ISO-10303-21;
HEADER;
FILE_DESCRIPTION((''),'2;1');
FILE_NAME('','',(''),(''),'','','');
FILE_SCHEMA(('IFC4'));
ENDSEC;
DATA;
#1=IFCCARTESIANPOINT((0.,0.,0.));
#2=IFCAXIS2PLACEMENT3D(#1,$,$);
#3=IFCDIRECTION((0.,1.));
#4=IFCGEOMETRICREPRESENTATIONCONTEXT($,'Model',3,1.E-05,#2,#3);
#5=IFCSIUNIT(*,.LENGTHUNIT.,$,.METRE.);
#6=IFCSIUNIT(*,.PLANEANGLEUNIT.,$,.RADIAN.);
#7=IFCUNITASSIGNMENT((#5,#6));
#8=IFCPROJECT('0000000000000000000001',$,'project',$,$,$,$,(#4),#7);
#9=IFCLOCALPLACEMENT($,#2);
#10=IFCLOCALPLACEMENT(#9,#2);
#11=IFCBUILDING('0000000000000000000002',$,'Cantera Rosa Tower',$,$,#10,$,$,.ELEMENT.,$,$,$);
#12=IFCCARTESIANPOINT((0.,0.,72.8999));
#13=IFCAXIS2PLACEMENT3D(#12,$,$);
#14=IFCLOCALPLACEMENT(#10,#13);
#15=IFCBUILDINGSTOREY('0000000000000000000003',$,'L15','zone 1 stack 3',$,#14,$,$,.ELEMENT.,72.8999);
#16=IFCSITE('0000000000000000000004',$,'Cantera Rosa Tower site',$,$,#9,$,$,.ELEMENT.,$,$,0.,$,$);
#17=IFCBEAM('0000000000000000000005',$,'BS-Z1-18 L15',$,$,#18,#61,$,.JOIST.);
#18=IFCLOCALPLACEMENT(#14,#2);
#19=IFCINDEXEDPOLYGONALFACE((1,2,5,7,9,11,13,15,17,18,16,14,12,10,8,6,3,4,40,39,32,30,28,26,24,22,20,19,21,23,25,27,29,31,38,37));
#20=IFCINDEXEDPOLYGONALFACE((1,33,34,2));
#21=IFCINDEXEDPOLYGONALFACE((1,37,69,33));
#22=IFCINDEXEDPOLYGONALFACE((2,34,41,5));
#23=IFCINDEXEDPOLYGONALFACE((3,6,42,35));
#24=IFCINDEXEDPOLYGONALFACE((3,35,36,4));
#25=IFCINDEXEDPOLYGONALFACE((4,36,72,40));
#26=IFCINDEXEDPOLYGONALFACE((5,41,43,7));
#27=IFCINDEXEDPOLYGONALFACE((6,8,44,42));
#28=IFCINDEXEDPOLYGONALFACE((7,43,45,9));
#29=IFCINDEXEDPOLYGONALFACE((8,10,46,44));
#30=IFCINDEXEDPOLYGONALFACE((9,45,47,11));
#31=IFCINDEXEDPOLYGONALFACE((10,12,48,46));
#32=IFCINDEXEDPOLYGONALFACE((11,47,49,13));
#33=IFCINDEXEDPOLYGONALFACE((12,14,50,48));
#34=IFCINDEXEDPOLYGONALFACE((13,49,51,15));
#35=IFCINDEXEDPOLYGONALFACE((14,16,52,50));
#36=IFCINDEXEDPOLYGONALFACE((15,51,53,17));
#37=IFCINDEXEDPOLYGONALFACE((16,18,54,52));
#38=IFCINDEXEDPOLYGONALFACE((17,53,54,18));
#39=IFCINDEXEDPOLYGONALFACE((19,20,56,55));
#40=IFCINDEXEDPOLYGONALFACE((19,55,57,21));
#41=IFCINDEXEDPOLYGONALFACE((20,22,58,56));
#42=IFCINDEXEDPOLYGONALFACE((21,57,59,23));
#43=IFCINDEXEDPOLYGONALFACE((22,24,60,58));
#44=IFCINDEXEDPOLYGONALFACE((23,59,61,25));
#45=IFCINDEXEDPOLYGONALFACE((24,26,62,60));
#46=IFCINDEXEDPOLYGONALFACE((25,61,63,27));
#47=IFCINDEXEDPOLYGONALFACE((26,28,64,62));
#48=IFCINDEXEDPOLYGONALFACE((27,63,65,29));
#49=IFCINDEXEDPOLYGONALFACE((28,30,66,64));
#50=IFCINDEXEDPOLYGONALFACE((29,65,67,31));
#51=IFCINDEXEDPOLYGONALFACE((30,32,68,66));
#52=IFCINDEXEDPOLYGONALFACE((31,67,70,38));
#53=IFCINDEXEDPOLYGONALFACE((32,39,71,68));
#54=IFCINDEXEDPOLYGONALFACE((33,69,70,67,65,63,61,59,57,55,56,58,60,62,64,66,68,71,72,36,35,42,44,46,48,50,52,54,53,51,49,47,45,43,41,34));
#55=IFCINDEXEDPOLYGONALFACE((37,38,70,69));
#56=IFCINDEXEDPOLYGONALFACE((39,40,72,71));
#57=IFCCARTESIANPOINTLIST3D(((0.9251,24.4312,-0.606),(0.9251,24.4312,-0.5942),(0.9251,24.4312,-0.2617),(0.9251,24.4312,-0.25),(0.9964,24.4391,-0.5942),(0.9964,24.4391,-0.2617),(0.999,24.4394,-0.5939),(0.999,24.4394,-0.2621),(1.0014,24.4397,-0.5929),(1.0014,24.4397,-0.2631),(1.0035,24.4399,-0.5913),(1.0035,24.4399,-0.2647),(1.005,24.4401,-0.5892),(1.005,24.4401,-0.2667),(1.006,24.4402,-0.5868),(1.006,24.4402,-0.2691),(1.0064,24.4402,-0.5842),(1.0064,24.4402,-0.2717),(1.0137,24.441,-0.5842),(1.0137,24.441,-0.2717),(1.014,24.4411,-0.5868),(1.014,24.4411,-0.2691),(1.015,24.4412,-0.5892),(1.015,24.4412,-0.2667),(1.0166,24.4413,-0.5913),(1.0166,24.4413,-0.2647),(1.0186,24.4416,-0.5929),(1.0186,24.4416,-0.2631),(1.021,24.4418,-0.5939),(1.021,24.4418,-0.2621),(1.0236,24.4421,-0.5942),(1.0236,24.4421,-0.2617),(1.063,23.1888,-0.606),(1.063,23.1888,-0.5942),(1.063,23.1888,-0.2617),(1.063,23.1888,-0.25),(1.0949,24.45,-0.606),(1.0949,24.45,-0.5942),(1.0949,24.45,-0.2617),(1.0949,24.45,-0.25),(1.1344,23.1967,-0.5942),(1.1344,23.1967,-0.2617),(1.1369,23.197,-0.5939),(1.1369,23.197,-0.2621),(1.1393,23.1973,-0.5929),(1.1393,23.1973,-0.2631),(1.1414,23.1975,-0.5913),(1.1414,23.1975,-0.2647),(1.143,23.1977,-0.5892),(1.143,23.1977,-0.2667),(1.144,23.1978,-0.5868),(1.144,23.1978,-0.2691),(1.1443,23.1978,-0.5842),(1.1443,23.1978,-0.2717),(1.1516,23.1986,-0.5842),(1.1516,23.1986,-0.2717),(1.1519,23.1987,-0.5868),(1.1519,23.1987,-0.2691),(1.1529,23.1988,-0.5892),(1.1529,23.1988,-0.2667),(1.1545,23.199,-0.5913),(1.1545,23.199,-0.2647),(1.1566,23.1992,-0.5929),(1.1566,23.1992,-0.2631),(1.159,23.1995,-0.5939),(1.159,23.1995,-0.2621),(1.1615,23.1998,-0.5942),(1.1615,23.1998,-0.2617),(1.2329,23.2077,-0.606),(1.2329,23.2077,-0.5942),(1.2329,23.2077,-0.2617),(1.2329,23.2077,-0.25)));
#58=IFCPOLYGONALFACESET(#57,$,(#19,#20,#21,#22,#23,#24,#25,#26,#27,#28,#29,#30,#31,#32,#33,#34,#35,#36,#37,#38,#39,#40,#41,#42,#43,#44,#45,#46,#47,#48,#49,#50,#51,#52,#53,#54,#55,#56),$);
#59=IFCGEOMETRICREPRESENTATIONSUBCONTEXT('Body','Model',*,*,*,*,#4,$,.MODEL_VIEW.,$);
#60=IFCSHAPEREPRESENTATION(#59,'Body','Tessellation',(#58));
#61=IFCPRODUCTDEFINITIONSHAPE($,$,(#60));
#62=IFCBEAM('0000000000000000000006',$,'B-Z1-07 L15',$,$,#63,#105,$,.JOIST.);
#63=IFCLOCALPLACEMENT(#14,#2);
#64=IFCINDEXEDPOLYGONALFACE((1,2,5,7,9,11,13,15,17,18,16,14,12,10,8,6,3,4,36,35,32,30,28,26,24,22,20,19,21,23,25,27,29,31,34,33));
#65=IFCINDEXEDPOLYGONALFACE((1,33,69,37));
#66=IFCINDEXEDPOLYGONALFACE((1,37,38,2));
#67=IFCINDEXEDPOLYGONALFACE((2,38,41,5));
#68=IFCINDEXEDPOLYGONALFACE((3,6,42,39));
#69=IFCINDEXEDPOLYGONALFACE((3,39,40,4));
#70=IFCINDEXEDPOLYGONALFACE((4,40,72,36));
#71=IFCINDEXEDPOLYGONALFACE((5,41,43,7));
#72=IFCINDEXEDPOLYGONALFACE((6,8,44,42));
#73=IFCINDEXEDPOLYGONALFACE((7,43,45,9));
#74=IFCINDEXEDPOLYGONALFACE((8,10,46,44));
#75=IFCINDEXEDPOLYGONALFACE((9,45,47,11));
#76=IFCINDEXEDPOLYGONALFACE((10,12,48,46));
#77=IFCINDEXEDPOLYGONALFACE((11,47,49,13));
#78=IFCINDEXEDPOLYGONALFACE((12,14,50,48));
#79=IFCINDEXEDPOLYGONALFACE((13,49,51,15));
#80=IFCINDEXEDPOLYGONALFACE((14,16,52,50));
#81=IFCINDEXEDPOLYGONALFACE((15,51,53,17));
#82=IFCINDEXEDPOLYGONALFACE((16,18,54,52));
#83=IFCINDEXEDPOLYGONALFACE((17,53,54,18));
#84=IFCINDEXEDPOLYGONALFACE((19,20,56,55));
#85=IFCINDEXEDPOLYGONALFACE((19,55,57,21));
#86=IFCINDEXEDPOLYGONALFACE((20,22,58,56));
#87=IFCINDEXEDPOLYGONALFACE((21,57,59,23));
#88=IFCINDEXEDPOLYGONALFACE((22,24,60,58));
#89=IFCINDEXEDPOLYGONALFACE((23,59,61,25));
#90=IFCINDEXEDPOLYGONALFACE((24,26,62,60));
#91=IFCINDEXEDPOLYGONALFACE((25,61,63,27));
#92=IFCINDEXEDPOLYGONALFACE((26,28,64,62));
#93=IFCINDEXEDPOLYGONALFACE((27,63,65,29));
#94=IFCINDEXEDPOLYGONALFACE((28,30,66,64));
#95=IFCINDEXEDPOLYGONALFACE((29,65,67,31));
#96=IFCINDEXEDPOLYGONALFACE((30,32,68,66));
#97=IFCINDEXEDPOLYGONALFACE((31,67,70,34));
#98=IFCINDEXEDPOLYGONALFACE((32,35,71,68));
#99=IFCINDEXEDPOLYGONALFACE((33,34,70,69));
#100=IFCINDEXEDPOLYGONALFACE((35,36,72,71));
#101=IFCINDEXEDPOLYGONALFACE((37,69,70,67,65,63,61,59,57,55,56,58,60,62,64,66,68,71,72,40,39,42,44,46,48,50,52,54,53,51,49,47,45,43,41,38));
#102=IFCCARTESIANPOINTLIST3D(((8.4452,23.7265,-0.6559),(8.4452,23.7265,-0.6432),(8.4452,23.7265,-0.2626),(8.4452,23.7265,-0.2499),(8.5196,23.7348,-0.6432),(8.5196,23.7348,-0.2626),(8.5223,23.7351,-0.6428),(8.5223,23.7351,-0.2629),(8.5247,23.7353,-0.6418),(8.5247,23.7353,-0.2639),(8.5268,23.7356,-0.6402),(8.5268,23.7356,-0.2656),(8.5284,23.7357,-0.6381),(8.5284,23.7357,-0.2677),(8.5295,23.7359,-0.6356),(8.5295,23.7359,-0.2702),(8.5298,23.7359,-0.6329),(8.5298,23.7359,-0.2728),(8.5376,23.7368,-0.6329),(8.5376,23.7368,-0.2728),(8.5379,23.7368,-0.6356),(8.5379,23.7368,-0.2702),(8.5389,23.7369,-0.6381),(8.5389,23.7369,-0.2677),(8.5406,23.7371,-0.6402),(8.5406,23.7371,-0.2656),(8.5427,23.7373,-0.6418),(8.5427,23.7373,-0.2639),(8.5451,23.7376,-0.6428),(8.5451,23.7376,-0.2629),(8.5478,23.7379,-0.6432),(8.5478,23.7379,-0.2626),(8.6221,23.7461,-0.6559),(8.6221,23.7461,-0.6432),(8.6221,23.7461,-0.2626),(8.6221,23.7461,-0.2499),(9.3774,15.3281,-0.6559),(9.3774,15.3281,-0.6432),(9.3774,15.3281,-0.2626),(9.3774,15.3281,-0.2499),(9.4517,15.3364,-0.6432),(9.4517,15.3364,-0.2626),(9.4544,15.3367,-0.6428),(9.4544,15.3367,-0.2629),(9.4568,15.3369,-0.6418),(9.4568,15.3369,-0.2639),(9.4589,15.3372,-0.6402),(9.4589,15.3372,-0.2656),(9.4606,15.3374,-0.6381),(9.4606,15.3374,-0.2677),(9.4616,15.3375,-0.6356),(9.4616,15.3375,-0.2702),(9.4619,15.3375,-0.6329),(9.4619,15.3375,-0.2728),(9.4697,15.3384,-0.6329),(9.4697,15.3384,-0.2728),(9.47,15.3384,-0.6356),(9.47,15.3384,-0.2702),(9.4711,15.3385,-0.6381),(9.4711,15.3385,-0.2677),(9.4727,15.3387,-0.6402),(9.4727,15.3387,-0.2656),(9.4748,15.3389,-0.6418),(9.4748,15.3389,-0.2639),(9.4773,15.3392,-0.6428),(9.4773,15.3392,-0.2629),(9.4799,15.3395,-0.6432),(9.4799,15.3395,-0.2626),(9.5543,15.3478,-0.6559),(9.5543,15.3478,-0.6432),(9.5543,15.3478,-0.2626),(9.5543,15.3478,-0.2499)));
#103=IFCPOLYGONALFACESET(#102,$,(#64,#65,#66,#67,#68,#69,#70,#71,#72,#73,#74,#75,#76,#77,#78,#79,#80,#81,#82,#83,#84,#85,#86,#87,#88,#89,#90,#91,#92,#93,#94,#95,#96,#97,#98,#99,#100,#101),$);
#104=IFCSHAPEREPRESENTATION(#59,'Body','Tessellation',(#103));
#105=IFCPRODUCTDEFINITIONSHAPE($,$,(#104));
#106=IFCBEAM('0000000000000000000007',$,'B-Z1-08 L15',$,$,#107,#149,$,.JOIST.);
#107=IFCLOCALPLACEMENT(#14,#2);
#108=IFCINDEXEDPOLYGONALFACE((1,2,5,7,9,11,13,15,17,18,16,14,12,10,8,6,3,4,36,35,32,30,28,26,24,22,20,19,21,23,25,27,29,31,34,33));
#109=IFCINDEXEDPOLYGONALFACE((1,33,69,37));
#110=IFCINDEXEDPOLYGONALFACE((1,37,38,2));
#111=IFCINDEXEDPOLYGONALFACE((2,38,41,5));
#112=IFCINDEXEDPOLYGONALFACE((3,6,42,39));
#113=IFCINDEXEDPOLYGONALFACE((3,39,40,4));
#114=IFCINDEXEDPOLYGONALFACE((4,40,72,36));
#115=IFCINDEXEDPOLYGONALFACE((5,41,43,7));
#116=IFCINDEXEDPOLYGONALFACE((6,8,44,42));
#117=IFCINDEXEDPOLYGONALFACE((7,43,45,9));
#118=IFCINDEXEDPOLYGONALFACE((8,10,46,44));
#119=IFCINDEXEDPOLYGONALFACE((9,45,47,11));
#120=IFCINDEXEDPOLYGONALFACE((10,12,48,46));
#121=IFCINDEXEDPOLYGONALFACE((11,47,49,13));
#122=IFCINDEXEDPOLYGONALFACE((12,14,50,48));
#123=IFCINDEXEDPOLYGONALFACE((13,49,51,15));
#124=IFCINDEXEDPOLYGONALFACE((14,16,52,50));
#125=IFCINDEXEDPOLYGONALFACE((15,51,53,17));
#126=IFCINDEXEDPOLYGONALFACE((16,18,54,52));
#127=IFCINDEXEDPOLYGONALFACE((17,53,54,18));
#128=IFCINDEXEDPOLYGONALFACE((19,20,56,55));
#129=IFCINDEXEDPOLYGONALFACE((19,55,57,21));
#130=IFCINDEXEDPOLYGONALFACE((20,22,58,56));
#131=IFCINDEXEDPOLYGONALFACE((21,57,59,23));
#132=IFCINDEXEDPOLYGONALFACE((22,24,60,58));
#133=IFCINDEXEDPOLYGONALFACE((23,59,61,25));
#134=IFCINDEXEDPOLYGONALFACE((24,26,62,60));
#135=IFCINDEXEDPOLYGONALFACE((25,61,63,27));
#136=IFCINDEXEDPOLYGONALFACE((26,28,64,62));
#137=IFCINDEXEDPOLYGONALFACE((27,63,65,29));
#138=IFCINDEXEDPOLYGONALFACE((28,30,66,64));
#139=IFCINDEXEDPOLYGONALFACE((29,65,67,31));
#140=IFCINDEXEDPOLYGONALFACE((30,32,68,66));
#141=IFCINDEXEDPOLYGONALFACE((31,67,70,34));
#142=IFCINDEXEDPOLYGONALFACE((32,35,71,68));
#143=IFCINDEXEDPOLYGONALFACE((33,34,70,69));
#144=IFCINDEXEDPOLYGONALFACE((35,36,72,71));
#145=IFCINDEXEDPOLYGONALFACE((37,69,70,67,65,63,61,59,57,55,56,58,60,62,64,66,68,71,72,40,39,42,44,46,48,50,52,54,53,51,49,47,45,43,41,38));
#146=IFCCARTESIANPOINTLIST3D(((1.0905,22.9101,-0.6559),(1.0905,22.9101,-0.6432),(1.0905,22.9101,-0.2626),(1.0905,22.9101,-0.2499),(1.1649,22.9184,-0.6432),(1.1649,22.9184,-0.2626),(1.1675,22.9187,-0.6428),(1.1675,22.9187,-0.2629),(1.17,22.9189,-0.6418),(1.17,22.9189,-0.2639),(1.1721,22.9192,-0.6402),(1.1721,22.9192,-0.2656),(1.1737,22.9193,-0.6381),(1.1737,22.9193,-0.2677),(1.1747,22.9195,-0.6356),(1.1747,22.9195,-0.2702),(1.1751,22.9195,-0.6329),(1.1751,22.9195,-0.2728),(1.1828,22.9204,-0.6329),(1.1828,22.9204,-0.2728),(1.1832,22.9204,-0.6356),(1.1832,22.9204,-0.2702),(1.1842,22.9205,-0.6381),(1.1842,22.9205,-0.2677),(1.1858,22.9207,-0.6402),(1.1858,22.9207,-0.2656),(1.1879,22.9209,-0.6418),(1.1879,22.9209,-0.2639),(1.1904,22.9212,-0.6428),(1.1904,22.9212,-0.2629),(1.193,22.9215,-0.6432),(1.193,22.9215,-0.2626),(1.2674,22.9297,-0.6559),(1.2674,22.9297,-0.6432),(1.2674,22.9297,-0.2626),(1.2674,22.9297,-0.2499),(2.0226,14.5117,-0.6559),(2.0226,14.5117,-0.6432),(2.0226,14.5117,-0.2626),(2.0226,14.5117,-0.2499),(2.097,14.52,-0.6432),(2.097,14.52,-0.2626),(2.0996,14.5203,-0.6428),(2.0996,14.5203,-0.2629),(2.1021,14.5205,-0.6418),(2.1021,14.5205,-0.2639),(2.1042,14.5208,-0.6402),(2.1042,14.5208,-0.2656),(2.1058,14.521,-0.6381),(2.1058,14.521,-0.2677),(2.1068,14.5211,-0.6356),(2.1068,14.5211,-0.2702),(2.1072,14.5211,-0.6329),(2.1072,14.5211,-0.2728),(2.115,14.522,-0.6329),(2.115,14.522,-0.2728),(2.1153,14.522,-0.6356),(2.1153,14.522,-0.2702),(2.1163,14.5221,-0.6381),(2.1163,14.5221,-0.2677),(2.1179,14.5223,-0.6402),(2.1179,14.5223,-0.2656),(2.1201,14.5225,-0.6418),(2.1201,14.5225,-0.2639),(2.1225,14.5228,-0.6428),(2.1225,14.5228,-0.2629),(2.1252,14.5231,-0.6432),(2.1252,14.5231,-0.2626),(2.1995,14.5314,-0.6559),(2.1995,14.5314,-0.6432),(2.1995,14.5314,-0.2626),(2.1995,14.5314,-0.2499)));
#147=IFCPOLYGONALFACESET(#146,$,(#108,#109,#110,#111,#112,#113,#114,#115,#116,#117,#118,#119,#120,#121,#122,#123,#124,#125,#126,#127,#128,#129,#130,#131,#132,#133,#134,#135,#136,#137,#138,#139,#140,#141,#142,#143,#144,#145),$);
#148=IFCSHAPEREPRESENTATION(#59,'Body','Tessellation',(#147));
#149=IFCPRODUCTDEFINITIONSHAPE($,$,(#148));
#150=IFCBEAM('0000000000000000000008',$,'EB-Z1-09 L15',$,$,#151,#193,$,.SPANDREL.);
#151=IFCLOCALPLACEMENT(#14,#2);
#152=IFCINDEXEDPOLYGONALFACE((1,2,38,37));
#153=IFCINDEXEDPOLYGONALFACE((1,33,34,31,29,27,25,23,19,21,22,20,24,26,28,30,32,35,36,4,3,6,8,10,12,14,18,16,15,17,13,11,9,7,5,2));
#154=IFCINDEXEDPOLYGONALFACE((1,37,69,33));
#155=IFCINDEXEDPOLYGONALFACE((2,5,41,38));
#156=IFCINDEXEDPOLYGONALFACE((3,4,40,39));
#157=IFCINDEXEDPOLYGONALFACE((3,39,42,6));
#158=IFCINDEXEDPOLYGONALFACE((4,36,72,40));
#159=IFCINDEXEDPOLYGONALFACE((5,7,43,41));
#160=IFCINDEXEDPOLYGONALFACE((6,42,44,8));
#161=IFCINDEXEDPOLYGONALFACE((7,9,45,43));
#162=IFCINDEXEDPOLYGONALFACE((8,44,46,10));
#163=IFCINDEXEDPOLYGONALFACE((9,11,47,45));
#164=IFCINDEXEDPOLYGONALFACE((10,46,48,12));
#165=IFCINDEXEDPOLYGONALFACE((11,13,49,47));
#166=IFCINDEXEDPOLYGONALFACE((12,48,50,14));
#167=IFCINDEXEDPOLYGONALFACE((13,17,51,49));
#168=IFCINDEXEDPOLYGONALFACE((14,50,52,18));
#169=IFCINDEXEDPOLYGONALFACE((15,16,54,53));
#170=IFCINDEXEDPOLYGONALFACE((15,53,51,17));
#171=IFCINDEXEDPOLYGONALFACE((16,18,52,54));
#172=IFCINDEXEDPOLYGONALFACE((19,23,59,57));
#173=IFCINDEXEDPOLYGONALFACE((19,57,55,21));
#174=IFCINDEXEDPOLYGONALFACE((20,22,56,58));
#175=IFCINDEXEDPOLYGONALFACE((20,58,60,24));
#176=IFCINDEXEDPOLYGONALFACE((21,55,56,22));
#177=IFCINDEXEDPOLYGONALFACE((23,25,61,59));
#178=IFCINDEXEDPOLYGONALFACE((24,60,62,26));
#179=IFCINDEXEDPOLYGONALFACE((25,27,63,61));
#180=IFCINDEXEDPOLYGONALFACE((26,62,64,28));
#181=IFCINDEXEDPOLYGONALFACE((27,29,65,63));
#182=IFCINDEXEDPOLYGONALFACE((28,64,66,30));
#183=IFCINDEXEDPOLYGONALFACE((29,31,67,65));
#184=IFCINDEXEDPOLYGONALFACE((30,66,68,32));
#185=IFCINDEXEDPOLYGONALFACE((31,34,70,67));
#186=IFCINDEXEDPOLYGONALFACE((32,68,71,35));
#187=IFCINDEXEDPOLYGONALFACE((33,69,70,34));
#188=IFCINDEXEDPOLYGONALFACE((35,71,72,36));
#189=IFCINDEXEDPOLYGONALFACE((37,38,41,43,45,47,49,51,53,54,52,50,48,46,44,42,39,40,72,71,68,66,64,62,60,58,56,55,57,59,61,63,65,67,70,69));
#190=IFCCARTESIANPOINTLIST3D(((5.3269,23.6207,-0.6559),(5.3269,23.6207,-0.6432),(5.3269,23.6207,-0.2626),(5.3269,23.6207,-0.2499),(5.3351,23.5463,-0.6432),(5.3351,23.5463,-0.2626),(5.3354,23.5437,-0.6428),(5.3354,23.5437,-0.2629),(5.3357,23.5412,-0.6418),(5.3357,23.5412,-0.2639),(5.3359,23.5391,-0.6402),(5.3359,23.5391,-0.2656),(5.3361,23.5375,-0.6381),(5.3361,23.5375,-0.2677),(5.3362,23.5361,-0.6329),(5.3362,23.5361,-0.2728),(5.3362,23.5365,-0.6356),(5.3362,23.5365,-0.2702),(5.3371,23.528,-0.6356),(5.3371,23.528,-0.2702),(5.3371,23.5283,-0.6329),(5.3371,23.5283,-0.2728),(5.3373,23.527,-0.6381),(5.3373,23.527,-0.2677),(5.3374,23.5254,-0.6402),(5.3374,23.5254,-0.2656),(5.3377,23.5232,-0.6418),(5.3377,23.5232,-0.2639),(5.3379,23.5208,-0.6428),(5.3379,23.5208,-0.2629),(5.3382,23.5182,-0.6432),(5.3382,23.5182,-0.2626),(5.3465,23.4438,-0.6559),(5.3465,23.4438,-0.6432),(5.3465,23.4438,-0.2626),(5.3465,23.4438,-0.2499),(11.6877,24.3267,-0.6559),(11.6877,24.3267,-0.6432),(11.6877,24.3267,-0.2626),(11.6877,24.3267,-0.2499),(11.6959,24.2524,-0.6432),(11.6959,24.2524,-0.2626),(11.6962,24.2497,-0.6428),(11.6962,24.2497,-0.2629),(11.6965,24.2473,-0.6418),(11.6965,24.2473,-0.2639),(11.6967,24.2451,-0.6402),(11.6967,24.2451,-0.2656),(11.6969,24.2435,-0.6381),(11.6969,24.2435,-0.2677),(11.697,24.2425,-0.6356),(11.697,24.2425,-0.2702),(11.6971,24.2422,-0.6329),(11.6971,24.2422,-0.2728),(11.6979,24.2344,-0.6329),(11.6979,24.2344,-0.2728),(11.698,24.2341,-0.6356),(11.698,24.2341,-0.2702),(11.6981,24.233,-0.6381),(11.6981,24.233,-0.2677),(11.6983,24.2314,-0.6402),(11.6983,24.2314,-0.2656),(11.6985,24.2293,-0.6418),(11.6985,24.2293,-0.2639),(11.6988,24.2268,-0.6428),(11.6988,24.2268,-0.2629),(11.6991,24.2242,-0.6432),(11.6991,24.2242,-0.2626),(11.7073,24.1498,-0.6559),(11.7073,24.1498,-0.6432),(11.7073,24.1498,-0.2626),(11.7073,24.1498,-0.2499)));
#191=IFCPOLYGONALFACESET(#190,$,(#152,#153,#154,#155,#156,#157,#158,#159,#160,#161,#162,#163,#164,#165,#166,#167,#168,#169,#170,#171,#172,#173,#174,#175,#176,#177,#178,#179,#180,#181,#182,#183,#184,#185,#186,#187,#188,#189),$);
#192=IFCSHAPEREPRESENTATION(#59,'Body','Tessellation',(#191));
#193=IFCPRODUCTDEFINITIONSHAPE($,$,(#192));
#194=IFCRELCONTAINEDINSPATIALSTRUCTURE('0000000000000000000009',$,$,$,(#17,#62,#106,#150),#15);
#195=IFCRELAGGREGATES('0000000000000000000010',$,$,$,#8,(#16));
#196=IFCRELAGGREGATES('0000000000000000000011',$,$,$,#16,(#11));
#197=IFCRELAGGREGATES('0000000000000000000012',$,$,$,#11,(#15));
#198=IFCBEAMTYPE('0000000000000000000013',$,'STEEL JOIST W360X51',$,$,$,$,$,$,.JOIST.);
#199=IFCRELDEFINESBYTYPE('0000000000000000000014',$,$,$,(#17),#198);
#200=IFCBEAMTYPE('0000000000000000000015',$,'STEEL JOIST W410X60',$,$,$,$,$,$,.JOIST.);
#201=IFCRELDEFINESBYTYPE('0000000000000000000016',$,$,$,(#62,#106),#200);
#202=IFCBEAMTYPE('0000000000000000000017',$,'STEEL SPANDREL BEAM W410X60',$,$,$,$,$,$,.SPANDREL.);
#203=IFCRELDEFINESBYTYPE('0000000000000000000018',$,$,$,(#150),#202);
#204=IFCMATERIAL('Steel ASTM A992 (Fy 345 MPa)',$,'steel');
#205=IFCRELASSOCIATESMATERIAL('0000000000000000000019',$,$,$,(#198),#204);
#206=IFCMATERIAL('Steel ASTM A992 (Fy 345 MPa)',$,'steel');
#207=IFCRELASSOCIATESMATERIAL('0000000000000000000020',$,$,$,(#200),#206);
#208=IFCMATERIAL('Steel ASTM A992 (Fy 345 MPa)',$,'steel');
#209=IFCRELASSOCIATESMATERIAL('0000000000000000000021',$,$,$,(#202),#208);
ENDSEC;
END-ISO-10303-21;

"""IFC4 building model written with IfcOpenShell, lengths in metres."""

from ifc_helpers import new_model, si_unit, direction, frame, origin, origin_2d, place, context, subcontext, project, spatial, i_section, extrude, material, material_profile, profile_set, type_object, element, save


model = new_model("IFC4")

# Units and contexts
model_context = context("Model", 3, precision=1e-05, world=origin(), true_north=direction((0.0, 1.0)))
body_context = subcontext(model_context, "Body", "Model", "MODEL_VIEW")
ifc_project = project(units=[si_unit("LENGTHUNIT", "METRE"), si_unit("PLANEANGLEUNIT", "RADIAN")], contexts=[model_context])

# Site, building, storey
site_placement = place(None, origin())
site = spatial("IfcSite", under=ifc_project, at=site_placement, Name="Cantera Rosa Tower site", CompositionType="ELEMENT", RefElevation=0.0)
building_placement = place(site_placement, origin())
building = spatial("IfcBuilding", under=site, at=building_placement, Name="Cantera Rosa Tower", CompositionType="ELEMENT")
storey_placement = place(building_placement, frame((0.0, 0.0, 72.8999)))
storey = spatial("IfcBuildingStorey", under=building, at=storey_placement, Name="L15", Description="zone 1 stack 3", CompositionType="ELEMENT", Elevation=72.8999)

# Beams
ifc_material_1 = material(Name="Steel ASTM A992 (Fy 345 MPa)", Category="steel")
ifc_material_profile_1 = material_profile(ifc_material_1, i_section(OverallWidth=0.1709, OverallDepth=0.356, WebThickness=0.0073, FlangeThickness=0.0117, FilletRadius=0.01, at=origin_2d()), Name="W360X51")
ifc_profile_set_1 = profile_set([ifc_material_profile_1], Name="Steel ASTM A992 (Fy 345 MPa)")
beam_type_1 = type_object("IfcBeamType", Name="STEEL JOIST W360X51", PredefinedType="JOIST", material=ifc_profile_set_1)
beam_1_placement = place(storey_placement, frame((1.1479, 23.1982, -0.428), z_axis=(-0.110346, 0.993893, 0.0), x_axis=(-0.993893, -0.110346, 0.0)))
element("IfcBeam", 1, at=beam_1_placement, inside=storey, type_object=beam_type_1, Name="BS-Z1-18 L15", PredefinedType="JOIST", context=body_context, shape_type="SweptSolid", body=[
    extrude(i_section(OverallWidth=0.1709, OverallDepth=0.356, WebThickness=0.0073, FlangeThickness=0.0117, FilletRadius=0.01, at=origin_2d()), origin(), (0.0, 0.0, 1.0), 1.25),
])
ifc_material_2 = material(Name="Steel ASTM A992 (Fy 345 MPa)", Category="steel")
ifc_material_profile_2 = material_profile(ifc_material_2, i_section(OverallWidth=0.178, OverallDepth=0.406, WebThickness=0.0078, FlangeThickness=0.0127, FilletRadius=0.0103, at=origin_2d()), Name="W410X60")
ifc_profile_set_2 = profile_set([ifc_material_profile_2], Name="Steel ASTM A992 (Fy 345 MPa)")
beam_type_2 = type_object("IfcBeamType", Name="STEEL JOIST W410X60", PredefinedType="JOIST", material=ifc_profile_set_2)
for number, where, z_axis, x_axis, name in (
    (2, (8.5337, 23.7363, -0.4529), (0.110311, -0.993897, 0.0), (0.993897, 0.110311, 0.0), "B-Z1-07 L15"),
    (3, (1.179, 22.9199, -0.4529), (0.110311, -0.993897, 0.0), (0.993897, 0.110311, 0.0), "B-Z1-08 L15"),
):
    element("IfcBeam", number, at=place(storey_placement, frame(where, z_axis=z_axis, x_axis=x_axis)), inside=storey, type_object=beam_type_2, Name=name, PredefinedType="JOIST", context=body_context, shape_type="SweptSolid", body=[
        extrude(i_section(OverallWidth=0.178, OverallDepth=0.406, WebThickness=0.0078, FlangeThickness=0.0127, FilletRadius=0.0103, at=origin_2d()), origin(), (0.0, 0.0, 1.0), 8.45),
    ])
ifc_material_3 = material(Name="Steel ASTM A992 (Fy 345 MPa)", Category="steel")
ifc_material_profile_3 = material_profile(ifc_material_3, i_section(OverallWidth=0.178, OverallDepth=0.406, WebThickness=0.0078, FlangeThickness=0.0127, FilletRadius=0.0103, at=origin_2d()), Name="W410X60")
ifc_profile_set_3 = profile_set([ifc_material_profile_3], Name="Steel ASTM A992 (Fy 345 MPa)")
beam_type_3 = type_object("IfcBeamType", Name="STEEL SPANDREL BEAM W410X60", PredefinedType="SPANDREL", material=ifc_profile_set_3)
for number, where, z_axis, x_axis, name in (
    (4, (11.6975, 24.2383, -0.4529), (-0.993896, -0.110323, 0.0), (0.110323, -0.993896, 0.0), "EB-Z1-09 L15"),
):
    element("IfcBeam", number, at=place(storey_placement, frame(where, z_axis=z_axis, x_axis=x_axis)), inside=storey, type_object=beam_type_3, Name=name, PredefinedType="SPANDREL", context=body_context, shape_type="SweptSolid", body=[
        extrude(i_section(OverallWidth=0.178, OverallDepth=0.406, WebThickness=0.0078, FlangeThickness=0.0127, FilletRadius=0.0103, at=origin_2d()), origin(), (0.0, 0.0, 1.0), 6.3999),
    ])

save(model, "model.ifc")
